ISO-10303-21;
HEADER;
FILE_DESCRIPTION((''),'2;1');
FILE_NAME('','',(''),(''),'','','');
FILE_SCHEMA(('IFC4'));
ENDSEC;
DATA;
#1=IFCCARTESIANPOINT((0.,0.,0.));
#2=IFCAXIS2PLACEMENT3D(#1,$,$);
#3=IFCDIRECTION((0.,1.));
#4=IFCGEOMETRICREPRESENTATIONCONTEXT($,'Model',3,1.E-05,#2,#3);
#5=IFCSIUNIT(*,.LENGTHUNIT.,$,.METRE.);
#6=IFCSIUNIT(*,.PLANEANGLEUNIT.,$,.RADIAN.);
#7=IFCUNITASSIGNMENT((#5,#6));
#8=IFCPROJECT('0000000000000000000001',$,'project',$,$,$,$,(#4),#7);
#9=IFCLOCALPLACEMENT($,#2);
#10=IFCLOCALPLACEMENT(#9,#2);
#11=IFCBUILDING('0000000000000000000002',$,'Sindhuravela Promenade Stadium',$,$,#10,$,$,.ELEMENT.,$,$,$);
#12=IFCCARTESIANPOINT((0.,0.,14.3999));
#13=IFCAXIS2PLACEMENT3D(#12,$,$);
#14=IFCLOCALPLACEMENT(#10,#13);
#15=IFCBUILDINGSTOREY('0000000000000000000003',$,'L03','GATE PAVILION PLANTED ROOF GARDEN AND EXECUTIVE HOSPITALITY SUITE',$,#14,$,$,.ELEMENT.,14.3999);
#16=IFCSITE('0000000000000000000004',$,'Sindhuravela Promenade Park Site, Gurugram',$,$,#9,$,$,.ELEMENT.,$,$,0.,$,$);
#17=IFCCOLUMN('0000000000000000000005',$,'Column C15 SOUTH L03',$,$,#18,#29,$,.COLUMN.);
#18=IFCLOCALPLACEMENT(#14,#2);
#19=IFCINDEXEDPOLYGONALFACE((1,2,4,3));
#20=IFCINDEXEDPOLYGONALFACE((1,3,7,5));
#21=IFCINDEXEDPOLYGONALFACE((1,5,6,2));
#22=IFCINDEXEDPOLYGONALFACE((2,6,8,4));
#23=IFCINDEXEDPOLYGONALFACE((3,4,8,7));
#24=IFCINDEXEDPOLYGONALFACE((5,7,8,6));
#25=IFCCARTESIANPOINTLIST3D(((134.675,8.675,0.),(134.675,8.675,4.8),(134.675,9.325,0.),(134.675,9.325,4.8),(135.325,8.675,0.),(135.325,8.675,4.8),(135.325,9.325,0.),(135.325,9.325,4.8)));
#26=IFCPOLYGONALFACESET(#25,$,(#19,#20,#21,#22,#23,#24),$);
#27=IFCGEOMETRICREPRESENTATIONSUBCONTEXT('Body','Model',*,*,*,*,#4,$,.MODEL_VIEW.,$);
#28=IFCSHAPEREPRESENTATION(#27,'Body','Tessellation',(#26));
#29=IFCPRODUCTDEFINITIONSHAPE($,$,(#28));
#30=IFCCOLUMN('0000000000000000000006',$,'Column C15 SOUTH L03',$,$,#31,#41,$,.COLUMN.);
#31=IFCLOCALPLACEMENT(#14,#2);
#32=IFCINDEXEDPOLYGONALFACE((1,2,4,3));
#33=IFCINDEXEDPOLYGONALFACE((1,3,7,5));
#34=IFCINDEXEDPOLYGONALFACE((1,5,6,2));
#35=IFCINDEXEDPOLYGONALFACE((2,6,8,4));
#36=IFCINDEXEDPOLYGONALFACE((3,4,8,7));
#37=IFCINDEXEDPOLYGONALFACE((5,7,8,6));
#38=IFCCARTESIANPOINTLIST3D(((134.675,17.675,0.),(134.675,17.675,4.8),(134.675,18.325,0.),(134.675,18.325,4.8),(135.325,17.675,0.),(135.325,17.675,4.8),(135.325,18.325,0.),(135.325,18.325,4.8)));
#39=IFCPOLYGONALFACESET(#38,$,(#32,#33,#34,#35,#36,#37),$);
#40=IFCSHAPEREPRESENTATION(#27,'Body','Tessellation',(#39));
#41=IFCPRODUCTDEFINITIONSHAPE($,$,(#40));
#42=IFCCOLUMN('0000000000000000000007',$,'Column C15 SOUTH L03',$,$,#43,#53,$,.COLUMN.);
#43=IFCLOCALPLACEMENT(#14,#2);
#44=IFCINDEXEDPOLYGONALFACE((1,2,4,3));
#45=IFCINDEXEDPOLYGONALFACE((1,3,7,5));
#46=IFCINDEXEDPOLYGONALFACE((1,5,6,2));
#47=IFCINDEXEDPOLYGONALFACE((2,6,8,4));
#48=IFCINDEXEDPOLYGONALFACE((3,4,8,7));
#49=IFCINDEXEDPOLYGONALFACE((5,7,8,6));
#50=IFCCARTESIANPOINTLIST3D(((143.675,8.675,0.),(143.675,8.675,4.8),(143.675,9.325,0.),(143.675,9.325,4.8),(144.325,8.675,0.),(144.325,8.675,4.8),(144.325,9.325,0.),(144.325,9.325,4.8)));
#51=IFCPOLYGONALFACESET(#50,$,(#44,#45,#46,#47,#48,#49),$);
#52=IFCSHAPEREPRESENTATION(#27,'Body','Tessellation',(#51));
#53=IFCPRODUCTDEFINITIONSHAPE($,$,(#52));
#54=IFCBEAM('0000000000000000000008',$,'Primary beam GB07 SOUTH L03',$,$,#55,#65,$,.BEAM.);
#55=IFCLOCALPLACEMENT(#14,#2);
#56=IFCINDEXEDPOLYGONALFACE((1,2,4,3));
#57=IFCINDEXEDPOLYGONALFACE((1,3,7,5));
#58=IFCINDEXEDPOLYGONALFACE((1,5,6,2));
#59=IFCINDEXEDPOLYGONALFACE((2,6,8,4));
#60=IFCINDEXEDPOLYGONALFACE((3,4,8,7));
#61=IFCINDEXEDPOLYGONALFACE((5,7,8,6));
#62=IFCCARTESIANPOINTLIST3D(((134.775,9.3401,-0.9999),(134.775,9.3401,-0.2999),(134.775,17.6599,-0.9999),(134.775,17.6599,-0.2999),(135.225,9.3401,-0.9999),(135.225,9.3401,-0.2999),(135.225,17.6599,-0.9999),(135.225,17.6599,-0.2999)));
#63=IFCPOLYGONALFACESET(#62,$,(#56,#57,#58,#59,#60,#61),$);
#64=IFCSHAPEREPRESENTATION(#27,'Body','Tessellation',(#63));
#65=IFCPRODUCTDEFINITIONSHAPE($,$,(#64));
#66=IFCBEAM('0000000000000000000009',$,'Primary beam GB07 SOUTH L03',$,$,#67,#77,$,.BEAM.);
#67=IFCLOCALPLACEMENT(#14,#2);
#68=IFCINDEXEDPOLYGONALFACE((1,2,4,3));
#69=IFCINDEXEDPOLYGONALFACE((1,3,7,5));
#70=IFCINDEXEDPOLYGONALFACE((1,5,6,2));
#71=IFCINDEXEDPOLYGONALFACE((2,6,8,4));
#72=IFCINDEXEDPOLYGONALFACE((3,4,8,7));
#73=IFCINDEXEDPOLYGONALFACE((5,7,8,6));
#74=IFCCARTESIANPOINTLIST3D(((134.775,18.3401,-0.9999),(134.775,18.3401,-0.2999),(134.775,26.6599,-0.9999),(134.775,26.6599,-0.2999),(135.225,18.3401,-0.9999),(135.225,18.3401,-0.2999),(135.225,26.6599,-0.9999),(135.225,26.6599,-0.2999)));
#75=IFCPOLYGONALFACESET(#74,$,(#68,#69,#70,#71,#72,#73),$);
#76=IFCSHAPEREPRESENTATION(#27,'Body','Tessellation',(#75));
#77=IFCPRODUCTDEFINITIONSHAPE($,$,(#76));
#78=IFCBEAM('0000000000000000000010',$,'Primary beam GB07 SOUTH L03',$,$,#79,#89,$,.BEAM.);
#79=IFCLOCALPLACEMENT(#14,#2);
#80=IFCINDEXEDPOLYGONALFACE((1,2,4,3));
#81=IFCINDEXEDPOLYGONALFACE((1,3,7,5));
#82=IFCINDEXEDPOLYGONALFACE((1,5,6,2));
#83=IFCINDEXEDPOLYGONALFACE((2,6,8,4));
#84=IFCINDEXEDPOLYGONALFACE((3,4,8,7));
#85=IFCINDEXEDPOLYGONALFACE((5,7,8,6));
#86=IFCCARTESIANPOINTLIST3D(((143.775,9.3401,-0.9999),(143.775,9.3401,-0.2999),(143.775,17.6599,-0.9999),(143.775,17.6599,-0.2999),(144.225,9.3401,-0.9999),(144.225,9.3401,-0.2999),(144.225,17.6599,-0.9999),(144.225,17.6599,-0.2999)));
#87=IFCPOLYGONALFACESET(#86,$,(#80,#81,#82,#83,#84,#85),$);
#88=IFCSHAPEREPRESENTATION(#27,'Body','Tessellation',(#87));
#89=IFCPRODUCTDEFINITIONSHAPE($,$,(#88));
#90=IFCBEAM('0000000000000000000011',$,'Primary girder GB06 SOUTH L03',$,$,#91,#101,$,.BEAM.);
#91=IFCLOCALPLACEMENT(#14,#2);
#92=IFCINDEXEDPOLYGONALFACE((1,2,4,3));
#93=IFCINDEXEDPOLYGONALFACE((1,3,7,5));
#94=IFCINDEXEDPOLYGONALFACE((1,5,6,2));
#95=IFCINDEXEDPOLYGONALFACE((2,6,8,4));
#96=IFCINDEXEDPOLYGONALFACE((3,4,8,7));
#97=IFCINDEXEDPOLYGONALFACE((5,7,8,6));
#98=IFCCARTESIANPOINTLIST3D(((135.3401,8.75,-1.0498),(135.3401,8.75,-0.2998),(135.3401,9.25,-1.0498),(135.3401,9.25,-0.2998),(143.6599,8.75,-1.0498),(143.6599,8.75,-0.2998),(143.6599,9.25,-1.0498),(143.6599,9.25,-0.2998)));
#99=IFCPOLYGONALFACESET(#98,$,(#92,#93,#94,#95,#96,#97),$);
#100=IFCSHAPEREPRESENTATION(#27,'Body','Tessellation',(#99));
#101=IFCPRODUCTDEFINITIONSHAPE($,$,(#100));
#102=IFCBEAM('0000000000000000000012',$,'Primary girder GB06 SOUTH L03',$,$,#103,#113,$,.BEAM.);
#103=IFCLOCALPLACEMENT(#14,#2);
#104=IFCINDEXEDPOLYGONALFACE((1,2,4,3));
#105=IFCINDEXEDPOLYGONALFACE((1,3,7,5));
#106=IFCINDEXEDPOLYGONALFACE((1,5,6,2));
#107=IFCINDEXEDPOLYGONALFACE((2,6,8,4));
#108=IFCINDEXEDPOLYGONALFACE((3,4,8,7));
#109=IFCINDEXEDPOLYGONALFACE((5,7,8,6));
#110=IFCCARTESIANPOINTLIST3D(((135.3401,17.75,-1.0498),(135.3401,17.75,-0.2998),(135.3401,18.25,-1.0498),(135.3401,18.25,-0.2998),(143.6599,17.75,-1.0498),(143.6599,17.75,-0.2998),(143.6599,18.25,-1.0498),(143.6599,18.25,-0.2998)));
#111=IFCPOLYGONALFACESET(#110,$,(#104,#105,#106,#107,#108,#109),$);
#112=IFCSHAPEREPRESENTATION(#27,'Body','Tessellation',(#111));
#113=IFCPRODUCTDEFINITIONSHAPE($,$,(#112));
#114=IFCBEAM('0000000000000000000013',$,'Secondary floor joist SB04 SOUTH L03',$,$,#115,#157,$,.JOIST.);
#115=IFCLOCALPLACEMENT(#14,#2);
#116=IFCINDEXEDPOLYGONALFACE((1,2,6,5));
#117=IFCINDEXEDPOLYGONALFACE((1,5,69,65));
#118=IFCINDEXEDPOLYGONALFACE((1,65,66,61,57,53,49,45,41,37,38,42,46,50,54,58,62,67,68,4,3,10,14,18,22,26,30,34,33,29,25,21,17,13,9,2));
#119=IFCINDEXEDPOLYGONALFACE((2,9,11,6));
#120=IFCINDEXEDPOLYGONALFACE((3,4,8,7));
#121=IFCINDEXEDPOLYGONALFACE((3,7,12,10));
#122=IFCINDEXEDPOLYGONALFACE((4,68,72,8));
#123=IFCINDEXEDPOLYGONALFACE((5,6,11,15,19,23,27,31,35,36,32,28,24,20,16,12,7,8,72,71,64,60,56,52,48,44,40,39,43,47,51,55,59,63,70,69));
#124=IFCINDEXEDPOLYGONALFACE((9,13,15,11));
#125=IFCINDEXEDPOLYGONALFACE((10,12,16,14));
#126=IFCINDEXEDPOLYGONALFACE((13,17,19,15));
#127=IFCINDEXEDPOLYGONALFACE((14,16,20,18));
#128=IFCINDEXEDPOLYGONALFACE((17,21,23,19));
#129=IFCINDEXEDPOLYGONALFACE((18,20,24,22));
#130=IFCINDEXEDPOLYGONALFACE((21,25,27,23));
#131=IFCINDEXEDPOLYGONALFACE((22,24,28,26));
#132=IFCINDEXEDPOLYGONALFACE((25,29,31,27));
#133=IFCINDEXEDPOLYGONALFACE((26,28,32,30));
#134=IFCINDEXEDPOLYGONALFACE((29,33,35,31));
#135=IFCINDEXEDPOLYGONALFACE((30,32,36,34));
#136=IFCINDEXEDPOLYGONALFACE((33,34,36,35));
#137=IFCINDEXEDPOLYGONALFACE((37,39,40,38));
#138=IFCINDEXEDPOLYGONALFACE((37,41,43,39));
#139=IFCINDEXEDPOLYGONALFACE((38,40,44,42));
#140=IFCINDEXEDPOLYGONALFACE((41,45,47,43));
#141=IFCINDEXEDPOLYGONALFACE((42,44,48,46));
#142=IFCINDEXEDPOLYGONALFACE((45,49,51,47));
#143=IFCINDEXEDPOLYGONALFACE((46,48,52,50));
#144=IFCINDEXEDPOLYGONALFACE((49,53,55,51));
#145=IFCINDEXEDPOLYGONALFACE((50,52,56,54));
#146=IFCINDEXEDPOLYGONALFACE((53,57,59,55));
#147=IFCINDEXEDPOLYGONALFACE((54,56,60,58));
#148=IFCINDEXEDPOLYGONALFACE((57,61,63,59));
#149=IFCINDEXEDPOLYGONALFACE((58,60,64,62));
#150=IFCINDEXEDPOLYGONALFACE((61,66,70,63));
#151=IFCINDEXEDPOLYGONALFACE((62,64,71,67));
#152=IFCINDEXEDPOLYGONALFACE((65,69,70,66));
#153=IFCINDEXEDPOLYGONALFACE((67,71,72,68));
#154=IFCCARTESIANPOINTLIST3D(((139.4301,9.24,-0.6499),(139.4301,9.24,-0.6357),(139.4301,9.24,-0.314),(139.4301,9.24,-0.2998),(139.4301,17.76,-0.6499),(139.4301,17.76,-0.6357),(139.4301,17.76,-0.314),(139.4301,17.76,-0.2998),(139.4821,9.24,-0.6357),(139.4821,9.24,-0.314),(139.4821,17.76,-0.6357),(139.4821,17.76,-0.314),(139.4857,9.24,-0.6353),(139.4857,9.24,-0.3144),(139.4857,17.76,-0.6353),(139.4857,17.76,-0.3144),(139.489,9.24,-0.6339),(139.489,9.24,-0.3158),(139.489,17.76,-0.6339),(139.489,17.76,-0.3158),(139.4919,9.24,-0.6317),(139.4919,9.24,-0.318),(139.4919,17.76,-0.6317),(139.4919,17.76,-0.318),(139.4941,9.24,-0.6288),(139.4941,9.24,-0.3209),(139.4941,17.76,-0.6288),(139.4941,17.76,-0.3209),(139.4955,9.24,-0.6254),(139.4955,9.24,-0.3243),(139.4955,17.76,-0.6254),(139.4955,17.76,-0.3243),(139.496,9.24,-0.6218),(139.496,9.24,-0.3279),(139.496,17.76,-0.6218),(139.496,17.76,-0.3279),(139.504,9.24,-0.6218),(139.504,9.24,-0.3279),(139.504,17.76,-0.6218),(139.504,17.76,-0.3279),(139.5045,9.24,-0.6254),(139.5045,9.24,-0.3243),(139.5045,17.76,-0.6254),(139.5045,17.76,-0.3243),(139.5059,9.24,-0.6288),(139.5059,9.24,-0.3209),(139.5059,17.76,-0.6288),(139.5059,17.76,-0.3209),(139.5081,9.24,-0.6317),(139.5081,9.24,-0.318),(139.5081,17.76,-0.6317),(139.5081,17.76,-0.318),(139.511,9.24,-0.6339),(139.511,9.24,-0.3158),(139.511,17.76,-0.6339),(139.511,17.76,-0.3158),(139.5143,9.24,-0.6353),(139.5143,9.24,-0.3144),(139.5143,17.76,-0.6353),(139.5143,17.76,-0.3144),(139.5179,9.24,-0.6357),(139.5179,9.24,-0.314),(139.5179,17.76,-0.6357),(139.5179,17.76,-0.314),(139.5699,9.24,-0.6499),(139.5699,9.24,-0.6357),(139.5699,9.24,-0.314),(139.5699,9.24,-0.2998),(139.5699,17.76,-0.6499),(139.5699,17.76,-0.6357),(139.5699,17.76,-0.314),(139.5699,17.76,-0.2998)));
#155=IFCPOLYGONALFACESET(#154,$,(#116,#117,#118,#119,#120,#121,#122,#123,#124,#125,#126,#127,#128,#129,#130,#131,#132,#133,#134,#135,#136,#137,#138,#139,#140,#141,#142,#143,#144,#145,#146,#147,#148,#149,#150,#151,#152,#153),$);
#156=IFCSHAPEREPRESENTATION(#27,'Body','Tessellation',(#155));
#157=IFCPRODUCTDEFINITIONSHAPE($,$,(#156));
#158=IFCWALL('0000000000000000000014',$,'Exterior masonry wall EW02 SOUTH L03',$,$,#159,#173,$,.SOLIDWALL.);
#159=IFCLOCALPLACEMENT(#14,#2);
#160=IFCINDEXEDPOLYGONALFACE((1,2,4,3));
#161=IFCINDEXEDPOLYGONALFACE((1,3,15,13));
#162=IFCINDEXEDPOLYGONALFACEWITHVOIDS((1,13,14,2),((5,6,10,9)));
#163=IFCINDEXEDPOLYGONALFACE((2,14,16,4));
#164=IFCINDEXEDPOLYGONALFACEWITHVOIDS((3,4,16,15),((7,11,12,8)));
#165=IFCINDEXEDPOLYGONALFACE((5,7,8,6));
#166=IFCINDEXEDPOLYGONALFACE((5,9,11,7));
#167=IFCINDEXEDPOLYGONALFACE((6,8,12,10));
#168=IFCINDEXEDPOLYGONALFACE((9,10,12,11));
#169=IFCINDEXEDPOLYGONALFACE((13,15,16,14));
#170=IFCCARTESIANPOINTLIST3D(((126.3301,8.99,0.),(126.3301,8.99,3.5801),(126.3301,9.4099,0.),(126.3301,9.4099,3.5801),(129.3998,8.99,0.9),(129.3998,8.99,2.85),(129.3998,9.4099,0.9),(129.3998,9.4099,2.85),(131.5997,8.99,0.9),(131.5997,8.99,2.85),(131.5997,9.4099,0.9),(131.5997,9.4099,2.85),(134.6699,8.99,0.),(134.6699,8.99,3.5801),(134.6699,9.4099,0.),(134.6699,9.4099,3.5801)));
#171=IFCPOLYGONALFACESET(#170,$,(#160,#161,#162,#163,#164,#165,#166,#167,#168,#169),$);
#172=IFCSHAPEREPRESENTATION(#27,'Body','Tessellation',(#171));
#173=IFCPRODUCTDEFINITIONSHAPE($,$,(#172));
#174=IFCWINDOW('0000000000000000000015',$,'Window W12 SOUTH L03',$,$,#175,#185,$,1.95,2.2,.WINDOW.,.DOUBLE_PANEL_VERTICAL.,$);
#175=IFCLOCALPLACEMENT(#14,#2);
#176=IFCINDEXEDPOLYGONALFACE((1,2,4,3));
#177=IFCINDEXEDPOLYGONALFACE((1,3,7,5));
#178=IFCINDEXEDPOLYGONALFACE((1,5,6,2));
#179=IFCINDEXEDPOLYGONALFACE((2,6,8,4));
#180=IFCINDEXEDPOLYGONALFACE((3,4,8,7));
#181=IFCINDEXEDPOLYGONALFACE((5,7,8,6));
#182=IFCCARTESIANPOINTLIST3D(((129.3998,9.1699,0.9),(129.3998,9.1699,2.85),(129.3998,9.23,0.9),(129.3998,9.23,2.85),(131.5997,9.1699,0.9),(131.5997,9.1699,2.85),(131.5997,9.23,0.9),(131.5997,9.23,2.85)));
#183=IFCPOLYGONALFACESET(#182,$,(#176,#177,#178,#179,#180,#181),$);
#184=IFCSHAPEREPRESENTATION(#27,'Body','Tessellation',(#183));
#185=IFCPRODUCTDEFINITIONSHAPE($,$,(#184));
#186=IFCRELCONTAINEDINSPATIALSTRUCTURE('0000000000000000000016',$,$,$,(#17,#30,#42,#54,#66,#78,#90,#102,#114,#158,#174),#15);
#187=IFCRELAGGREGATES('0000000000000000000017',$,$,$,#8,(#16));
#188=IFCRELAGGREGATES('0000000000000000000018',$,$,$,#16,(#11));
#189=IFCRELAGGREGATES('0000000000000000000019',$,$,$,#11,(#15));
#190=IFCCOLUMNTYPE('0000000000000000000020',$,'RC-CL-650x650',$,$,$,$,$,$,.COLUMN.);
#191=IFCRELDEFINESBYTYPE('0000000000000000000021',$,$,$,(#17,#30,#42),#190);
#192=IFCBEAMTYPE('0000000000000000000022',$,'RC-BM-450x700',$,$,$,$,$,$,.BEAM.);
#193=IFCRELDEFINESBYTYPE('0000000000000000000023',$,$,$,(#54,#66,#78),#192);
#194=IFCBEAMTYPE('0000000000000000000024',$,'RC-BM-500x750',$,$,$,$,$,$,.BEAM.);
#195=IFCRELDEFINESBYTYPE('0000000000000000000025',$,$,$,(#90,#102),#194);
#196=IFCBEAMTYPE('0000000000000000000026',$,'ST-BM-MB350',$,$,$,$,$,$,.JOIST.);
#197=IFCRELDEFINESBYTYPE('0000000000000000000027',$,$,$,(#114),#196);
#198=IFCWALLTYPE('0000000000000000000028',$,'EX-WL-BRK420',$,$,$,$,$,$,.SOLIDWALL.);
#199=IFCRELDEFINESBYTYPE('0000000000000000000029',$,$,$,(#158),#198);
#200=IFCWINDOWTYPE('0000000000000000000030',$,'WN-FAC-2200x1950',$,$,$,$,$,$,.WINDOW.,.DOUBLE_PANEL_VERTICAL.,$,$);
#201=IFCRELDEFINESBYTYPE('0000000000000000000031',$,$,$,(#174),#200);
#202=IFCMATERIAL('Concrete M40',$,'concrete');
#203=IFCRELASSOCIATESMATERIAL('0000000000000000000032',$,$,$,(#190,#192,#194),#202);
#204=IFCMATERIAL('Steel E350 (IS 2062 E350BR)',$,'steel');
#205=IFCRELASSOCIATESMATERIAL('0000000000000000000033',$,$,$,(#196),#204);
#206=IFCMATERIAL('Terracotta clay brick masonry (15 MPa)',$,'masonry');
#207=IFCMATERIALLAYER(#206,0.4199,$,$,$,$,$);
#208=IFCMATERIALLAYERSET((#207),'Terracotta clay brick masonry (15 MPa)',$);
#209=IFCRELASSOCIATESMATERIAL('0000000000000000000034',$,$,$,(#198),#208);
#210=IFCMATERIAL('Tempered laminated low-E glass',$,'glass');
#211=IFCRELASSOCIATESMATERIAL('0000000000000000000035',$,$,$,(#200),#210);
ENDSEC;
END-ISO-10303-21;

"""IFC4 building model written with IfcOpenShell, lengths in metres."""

from ifc_helpers import new_model, si_unit, direction, frame, frame_2d, origin, origin_2d, place, context, subcontext, project, spatial, rectangle, i_section, extrude, material, layer, layer_set, material_profile, profile_set, type_object, element, fill, save


model = new_model("IFC4")

# Units and contexts
model_context = context("Model", 3, precision=1e-05, world=origin(), true_north=direction((0.0, 1.0)))
body_context = subcontext(model_context, "Body", "Model", "MODEL_VIEW")
ifc_project = project(units=[si_unit("LENGTHUNIT", "METRE"), si_unit("PLANEANGLEUNIT", "RADIAN")], contexts=[model_context])

# Site, building, storey
site_placement = place(None, origin())
site = spatial("IfcSite", under=ifc_project, at=site_placement, Name="Sindhuravela Promenade Park Site, Gurugram", CompositionType="ELEMENT", RefElevation=0.0)
building_placement = place(site_placement, origin())
building = spatial("IfcBuilding", under=site, at=building_placement, Name="Sindhuravela Promenade Stadium", CompositionType="ELEMENT")
storey_placement = place(building_placement, frame((0.0, 0.0, 14.3999)))
storey = spatial("IfcBuildingStorey", under=building, at=storey_placement, Name="L03", Description="GATE PAVILION PLANTED ROOF GARDEN AND EXECUTIVE HOSPITALITY SUITE", CompositionType="ELEMENT", Elevation=14.3999)

# Columns
ifc_material_1 = material(Name="Concrete M40", Category="concrete")
ifc_material_profile_1 = material_profile(ifc_material_1, rectangle(XDim=0.6499, YDim=0.6499, at=origin_2d()), Name="RC 650x650")
ifc_profile_set_1 = profile_set([ifc_material_profile_1], Name="Concrete M40")
column_type = type_object("IfcColumnType", Name="RC-CL-650x650", PredefinedType="COLUMN", material=ifc_profile_set_1)
for number, where, z_axis, x_axis, name in (
    (1, (135.0, 9.0, 0.0), (0.0, 0.0, 1.0), (1.0, 0.0, 0.0), "Column C15 SOUTH L03"),
    (2, (135.0, 18.0, 0.0), (0.0, 0.0, 1.0), (1.0, 0.0, 0.0), "Column C15 SOUTH L03"),
    (3, (144.0, 9.0, 0.0), (0.0, 0.0, 1.0), (1.0, 0.0, 0.0), "Column C15 SOUTH L03"),
):
    element("IfcColumn", number, at=place(storey_placement, frame(where, z_axis=z_axis, x_axis=x_axis)), inside=storey, type_object=column_type, Name=name, PredefinedType="COLUMN", context=body_context, shape_type="SweptSolid", body=[
        extrude(rectangle(XDim=0.6499, YDim=0.6499, at=origin_2d()), origin(), (0.0, 0.0, 1.0), 4.8),
    ])

# Beams
ifc_material_profile_2 = material_profile(ifc_material_1, rectangle(XDim=0.45, YDim=0.7, at=origin_2d()), Name="RC 450x700")
ifc_profile_set_2 = profile_set([ifc_material_profile_2], Name="Concrete M40")
beam_type_1 = type_object("IfcBeamType", Name="RC-BM-450x700", PredefinedType="BEAM", material=ifc_profile_set_2)
for number, where, z_axis, x_axis, name in (
    (4, (135.0, 9.3401, -0.6499), (0.0, 1.0, 0.0), (-1.0, 0.0, 0.0), "Primary beam GB07 SOUTH L03"),
    (5, (135.0, 18.3401, -0.6499), (0.0, 1.0, 0.0), (-1.0, 0.0, 0.0), "Primary beam GB07 SOUTH L03"),
    (6, (144.0, 9.3401, -0.6499), (0.0, 1.0, 0.0), (-1.0, 0.0, 0.0), "Primary beam GB07 SOUTH L03"),
):
    element("IfcBeam", number, at=place(storey_placement, frame(where, z_axis=z_axis, x_axis=x_axis)), inside=storey, type_object=beam_type_1, Name=name, PredefinedType="BEAM", context=body_context, shape_type="SweptSolid", body=[
        extrude(rectangle(XDim=0.45, YDim=0.7, at=origin_2d()), origin(), (0.0, 0.0, 1.0), 8.3198),
    ])
ifc_material_profile_3 = material_profile(ifc_material_1, rectangle(XDim=0.5, YDim=0.75, at=origin_2d()), Name="RC 500x750")
ifc_profile_set_3 = profile_set([ifc_material_profile_3], Name="Concrete M40")
beam_type_2 = type_object("IfcBeamType", Name="RC-BM-500x750", PredefinedType="BEAM", material=ifc_profile_set_3)
for number, where, z_axis, x_axis, name in (
    (7, (135.3401, 9.0, -0.6748), (1.0, 0.0, 0.0), (0.0, 1.0, 0.0), "Primary girder GB06 SOUTH L03"),
    (8, (135.3401, 18.0, -0.6748), (1.0, 0.0, 0.0), (0.0, 1.0, 0.0), "Primary girder GB06 SOUTH L03"),
):
    element("IfcBeam", number, at=place(storey_placement, frame(where, z_axis=z_axis, x_axis=x_axis)), inside=storey, type_object=beam_type_2, Name=name, PredefinedType="BEAM", context=body_context, shape_type="SweptSolid", body=[
        extrude(rectangle(XDim=0.5, YDim=0.75, at=origin_2d()), origin(), (0.0, 0.0, 1.0), 8.3198),
    ])
ifc_material_2 = material(Name="Steel E350 (IS 2062 E350BR)", Category="steel")
ifc_material_profile_4 = material_profile(ifc_material_2, i_section(OverallWidth=0.1399, OverallDepth=0.3501, WebThickness=0.0081, FlangeThickness=0.0142, FilletRadius=0.0139, at=origin_2d()), Name="ISMB 350")
ifc_profile_set_4 = profile_set([ifc_material_profile_4], Name="Steel E350 (IS 2062 E350BR)")
beam_type_3 = type_object("IfcBeamType", Name="ST-BM-MB350", PredefinedType="JOIST", material=ifc_profile_set_4)
beam_placement = place(storey_placement, frame((139.5, 9.24, -0.4749), z_axis=(0.0, 1.0, 0.0), x_axis=(-1.0, 0.0, 0.0)))
element("IfcBeam", 9, at=beam_placement, inside=storey, type_object=beam_type_3, Name="Secondary floor joist SB04 SOUTH L03", PredefinedType="JOIST", context=body_context, shape_type="SweptSolid", body=[
    extrude(i_section(OverallWidth=0.1399, OverallDepth=0.3501, WebThickness=0.0081, FlangeThickness=0.0142, FilletRadius=0.0139, at=origin_2d()), origin(), (0.0, 0.0, 1.0), 8.52),
])

# Wall, opening, window
ifc_material_3 = material(Name="Terracotta clay brick masonry (15 MPa)", Category="masonry")
ifc_layer_1 = layer(ifc_material_3, 0.4199)
ifc_layer_set_1 = layer_set([ifc_layer_1], Name="Terracotta clay brick masonry (15 MPa)")
wall_type_1 = type_object("IfcWallType", Name="EX-WL-BRK420", PredefinedType="SOLIDWALL", material=ifc_layer_set_1)
wall_1_placement = place(storey_placement, frame((134.6699, 9.2, 0.0), z_axis=(0.0, 0.0, 1.0), x_axis=(-1.0, 0.0, 0.0)))
wall_1 = element("IfcWall", 10, at=wall_1_placement, inside=storey, type_object=wall_type_1, Name="Exterior masonry wall EW02 SOUTH L03", PredefinedType="SOLIDWALL", context=body_context, shape_type="SweptSolid", body=[
    extrude(rectangle(XDim=8.3398, YDim=0.4199, at=frame_2d((4.1699, 0.0))), origin(), (0.0, 0.0, 1.0), 3.5801),
])
opening_1_placement = place(wall_1_placement, frame((3.0701, 0.0, 0.8999)))
opening_1 = element("IfcOpeningElement", 11, at=opening_1_placement, cuts=wall_1, PredefinedType="OPENING", context=body_context, shape_type="SweptSolid", body=[
    extrude(rectangle(XDim=2.2, YDim=1.95, at=frame_2d((1.1001, 0.9751))), frame((0.0, 0.22, 0.0), z_axis=(0.0, -1.0, 0.0), x_axis=(1.0, 0.0, 0.0)), (0.0, 0.0, 1.0), 0.4399),
])
ifc_material_4 = material(Name="Tempered laminated low-E glass", Category="glass")
window_type_1 = type_object("IfcWindowType", Name="WN-FAC-2200x1950", PartitioningType="DOUBLE_PANEL_VERTICAL", PredefinedType="WINDOW", material=ifc_material_4)
window_1_placement = place(opening_1_placement, origin())
window_1 = element("IfcWindow", 12, at=window_1_placement, inside=storey, type_object=window_type_1, Name="Window W12 SOUTH L03", OverallHeight=1.95, OverallWidth=2.2, PartitioningType="DOUBLE_PANEL_VERTICAL", PredefinedType="WINDOW", context=body_context, shape_type="SweptSolid", body=[
    extrude(rectangle(XDim=2.2, YDim=1.95, at=frame_2d((1.1001, 0.9751))), frame((0.0, 0.03, 0.0), z_axis=(0.0, -1.0, 0.0), x_axis=(1.0, 0.0, 0.0)), (0.0, 0.0, 1.0), 0.0601),
])
fill(opening_1, window_1)

save(model, "model.ifc")
